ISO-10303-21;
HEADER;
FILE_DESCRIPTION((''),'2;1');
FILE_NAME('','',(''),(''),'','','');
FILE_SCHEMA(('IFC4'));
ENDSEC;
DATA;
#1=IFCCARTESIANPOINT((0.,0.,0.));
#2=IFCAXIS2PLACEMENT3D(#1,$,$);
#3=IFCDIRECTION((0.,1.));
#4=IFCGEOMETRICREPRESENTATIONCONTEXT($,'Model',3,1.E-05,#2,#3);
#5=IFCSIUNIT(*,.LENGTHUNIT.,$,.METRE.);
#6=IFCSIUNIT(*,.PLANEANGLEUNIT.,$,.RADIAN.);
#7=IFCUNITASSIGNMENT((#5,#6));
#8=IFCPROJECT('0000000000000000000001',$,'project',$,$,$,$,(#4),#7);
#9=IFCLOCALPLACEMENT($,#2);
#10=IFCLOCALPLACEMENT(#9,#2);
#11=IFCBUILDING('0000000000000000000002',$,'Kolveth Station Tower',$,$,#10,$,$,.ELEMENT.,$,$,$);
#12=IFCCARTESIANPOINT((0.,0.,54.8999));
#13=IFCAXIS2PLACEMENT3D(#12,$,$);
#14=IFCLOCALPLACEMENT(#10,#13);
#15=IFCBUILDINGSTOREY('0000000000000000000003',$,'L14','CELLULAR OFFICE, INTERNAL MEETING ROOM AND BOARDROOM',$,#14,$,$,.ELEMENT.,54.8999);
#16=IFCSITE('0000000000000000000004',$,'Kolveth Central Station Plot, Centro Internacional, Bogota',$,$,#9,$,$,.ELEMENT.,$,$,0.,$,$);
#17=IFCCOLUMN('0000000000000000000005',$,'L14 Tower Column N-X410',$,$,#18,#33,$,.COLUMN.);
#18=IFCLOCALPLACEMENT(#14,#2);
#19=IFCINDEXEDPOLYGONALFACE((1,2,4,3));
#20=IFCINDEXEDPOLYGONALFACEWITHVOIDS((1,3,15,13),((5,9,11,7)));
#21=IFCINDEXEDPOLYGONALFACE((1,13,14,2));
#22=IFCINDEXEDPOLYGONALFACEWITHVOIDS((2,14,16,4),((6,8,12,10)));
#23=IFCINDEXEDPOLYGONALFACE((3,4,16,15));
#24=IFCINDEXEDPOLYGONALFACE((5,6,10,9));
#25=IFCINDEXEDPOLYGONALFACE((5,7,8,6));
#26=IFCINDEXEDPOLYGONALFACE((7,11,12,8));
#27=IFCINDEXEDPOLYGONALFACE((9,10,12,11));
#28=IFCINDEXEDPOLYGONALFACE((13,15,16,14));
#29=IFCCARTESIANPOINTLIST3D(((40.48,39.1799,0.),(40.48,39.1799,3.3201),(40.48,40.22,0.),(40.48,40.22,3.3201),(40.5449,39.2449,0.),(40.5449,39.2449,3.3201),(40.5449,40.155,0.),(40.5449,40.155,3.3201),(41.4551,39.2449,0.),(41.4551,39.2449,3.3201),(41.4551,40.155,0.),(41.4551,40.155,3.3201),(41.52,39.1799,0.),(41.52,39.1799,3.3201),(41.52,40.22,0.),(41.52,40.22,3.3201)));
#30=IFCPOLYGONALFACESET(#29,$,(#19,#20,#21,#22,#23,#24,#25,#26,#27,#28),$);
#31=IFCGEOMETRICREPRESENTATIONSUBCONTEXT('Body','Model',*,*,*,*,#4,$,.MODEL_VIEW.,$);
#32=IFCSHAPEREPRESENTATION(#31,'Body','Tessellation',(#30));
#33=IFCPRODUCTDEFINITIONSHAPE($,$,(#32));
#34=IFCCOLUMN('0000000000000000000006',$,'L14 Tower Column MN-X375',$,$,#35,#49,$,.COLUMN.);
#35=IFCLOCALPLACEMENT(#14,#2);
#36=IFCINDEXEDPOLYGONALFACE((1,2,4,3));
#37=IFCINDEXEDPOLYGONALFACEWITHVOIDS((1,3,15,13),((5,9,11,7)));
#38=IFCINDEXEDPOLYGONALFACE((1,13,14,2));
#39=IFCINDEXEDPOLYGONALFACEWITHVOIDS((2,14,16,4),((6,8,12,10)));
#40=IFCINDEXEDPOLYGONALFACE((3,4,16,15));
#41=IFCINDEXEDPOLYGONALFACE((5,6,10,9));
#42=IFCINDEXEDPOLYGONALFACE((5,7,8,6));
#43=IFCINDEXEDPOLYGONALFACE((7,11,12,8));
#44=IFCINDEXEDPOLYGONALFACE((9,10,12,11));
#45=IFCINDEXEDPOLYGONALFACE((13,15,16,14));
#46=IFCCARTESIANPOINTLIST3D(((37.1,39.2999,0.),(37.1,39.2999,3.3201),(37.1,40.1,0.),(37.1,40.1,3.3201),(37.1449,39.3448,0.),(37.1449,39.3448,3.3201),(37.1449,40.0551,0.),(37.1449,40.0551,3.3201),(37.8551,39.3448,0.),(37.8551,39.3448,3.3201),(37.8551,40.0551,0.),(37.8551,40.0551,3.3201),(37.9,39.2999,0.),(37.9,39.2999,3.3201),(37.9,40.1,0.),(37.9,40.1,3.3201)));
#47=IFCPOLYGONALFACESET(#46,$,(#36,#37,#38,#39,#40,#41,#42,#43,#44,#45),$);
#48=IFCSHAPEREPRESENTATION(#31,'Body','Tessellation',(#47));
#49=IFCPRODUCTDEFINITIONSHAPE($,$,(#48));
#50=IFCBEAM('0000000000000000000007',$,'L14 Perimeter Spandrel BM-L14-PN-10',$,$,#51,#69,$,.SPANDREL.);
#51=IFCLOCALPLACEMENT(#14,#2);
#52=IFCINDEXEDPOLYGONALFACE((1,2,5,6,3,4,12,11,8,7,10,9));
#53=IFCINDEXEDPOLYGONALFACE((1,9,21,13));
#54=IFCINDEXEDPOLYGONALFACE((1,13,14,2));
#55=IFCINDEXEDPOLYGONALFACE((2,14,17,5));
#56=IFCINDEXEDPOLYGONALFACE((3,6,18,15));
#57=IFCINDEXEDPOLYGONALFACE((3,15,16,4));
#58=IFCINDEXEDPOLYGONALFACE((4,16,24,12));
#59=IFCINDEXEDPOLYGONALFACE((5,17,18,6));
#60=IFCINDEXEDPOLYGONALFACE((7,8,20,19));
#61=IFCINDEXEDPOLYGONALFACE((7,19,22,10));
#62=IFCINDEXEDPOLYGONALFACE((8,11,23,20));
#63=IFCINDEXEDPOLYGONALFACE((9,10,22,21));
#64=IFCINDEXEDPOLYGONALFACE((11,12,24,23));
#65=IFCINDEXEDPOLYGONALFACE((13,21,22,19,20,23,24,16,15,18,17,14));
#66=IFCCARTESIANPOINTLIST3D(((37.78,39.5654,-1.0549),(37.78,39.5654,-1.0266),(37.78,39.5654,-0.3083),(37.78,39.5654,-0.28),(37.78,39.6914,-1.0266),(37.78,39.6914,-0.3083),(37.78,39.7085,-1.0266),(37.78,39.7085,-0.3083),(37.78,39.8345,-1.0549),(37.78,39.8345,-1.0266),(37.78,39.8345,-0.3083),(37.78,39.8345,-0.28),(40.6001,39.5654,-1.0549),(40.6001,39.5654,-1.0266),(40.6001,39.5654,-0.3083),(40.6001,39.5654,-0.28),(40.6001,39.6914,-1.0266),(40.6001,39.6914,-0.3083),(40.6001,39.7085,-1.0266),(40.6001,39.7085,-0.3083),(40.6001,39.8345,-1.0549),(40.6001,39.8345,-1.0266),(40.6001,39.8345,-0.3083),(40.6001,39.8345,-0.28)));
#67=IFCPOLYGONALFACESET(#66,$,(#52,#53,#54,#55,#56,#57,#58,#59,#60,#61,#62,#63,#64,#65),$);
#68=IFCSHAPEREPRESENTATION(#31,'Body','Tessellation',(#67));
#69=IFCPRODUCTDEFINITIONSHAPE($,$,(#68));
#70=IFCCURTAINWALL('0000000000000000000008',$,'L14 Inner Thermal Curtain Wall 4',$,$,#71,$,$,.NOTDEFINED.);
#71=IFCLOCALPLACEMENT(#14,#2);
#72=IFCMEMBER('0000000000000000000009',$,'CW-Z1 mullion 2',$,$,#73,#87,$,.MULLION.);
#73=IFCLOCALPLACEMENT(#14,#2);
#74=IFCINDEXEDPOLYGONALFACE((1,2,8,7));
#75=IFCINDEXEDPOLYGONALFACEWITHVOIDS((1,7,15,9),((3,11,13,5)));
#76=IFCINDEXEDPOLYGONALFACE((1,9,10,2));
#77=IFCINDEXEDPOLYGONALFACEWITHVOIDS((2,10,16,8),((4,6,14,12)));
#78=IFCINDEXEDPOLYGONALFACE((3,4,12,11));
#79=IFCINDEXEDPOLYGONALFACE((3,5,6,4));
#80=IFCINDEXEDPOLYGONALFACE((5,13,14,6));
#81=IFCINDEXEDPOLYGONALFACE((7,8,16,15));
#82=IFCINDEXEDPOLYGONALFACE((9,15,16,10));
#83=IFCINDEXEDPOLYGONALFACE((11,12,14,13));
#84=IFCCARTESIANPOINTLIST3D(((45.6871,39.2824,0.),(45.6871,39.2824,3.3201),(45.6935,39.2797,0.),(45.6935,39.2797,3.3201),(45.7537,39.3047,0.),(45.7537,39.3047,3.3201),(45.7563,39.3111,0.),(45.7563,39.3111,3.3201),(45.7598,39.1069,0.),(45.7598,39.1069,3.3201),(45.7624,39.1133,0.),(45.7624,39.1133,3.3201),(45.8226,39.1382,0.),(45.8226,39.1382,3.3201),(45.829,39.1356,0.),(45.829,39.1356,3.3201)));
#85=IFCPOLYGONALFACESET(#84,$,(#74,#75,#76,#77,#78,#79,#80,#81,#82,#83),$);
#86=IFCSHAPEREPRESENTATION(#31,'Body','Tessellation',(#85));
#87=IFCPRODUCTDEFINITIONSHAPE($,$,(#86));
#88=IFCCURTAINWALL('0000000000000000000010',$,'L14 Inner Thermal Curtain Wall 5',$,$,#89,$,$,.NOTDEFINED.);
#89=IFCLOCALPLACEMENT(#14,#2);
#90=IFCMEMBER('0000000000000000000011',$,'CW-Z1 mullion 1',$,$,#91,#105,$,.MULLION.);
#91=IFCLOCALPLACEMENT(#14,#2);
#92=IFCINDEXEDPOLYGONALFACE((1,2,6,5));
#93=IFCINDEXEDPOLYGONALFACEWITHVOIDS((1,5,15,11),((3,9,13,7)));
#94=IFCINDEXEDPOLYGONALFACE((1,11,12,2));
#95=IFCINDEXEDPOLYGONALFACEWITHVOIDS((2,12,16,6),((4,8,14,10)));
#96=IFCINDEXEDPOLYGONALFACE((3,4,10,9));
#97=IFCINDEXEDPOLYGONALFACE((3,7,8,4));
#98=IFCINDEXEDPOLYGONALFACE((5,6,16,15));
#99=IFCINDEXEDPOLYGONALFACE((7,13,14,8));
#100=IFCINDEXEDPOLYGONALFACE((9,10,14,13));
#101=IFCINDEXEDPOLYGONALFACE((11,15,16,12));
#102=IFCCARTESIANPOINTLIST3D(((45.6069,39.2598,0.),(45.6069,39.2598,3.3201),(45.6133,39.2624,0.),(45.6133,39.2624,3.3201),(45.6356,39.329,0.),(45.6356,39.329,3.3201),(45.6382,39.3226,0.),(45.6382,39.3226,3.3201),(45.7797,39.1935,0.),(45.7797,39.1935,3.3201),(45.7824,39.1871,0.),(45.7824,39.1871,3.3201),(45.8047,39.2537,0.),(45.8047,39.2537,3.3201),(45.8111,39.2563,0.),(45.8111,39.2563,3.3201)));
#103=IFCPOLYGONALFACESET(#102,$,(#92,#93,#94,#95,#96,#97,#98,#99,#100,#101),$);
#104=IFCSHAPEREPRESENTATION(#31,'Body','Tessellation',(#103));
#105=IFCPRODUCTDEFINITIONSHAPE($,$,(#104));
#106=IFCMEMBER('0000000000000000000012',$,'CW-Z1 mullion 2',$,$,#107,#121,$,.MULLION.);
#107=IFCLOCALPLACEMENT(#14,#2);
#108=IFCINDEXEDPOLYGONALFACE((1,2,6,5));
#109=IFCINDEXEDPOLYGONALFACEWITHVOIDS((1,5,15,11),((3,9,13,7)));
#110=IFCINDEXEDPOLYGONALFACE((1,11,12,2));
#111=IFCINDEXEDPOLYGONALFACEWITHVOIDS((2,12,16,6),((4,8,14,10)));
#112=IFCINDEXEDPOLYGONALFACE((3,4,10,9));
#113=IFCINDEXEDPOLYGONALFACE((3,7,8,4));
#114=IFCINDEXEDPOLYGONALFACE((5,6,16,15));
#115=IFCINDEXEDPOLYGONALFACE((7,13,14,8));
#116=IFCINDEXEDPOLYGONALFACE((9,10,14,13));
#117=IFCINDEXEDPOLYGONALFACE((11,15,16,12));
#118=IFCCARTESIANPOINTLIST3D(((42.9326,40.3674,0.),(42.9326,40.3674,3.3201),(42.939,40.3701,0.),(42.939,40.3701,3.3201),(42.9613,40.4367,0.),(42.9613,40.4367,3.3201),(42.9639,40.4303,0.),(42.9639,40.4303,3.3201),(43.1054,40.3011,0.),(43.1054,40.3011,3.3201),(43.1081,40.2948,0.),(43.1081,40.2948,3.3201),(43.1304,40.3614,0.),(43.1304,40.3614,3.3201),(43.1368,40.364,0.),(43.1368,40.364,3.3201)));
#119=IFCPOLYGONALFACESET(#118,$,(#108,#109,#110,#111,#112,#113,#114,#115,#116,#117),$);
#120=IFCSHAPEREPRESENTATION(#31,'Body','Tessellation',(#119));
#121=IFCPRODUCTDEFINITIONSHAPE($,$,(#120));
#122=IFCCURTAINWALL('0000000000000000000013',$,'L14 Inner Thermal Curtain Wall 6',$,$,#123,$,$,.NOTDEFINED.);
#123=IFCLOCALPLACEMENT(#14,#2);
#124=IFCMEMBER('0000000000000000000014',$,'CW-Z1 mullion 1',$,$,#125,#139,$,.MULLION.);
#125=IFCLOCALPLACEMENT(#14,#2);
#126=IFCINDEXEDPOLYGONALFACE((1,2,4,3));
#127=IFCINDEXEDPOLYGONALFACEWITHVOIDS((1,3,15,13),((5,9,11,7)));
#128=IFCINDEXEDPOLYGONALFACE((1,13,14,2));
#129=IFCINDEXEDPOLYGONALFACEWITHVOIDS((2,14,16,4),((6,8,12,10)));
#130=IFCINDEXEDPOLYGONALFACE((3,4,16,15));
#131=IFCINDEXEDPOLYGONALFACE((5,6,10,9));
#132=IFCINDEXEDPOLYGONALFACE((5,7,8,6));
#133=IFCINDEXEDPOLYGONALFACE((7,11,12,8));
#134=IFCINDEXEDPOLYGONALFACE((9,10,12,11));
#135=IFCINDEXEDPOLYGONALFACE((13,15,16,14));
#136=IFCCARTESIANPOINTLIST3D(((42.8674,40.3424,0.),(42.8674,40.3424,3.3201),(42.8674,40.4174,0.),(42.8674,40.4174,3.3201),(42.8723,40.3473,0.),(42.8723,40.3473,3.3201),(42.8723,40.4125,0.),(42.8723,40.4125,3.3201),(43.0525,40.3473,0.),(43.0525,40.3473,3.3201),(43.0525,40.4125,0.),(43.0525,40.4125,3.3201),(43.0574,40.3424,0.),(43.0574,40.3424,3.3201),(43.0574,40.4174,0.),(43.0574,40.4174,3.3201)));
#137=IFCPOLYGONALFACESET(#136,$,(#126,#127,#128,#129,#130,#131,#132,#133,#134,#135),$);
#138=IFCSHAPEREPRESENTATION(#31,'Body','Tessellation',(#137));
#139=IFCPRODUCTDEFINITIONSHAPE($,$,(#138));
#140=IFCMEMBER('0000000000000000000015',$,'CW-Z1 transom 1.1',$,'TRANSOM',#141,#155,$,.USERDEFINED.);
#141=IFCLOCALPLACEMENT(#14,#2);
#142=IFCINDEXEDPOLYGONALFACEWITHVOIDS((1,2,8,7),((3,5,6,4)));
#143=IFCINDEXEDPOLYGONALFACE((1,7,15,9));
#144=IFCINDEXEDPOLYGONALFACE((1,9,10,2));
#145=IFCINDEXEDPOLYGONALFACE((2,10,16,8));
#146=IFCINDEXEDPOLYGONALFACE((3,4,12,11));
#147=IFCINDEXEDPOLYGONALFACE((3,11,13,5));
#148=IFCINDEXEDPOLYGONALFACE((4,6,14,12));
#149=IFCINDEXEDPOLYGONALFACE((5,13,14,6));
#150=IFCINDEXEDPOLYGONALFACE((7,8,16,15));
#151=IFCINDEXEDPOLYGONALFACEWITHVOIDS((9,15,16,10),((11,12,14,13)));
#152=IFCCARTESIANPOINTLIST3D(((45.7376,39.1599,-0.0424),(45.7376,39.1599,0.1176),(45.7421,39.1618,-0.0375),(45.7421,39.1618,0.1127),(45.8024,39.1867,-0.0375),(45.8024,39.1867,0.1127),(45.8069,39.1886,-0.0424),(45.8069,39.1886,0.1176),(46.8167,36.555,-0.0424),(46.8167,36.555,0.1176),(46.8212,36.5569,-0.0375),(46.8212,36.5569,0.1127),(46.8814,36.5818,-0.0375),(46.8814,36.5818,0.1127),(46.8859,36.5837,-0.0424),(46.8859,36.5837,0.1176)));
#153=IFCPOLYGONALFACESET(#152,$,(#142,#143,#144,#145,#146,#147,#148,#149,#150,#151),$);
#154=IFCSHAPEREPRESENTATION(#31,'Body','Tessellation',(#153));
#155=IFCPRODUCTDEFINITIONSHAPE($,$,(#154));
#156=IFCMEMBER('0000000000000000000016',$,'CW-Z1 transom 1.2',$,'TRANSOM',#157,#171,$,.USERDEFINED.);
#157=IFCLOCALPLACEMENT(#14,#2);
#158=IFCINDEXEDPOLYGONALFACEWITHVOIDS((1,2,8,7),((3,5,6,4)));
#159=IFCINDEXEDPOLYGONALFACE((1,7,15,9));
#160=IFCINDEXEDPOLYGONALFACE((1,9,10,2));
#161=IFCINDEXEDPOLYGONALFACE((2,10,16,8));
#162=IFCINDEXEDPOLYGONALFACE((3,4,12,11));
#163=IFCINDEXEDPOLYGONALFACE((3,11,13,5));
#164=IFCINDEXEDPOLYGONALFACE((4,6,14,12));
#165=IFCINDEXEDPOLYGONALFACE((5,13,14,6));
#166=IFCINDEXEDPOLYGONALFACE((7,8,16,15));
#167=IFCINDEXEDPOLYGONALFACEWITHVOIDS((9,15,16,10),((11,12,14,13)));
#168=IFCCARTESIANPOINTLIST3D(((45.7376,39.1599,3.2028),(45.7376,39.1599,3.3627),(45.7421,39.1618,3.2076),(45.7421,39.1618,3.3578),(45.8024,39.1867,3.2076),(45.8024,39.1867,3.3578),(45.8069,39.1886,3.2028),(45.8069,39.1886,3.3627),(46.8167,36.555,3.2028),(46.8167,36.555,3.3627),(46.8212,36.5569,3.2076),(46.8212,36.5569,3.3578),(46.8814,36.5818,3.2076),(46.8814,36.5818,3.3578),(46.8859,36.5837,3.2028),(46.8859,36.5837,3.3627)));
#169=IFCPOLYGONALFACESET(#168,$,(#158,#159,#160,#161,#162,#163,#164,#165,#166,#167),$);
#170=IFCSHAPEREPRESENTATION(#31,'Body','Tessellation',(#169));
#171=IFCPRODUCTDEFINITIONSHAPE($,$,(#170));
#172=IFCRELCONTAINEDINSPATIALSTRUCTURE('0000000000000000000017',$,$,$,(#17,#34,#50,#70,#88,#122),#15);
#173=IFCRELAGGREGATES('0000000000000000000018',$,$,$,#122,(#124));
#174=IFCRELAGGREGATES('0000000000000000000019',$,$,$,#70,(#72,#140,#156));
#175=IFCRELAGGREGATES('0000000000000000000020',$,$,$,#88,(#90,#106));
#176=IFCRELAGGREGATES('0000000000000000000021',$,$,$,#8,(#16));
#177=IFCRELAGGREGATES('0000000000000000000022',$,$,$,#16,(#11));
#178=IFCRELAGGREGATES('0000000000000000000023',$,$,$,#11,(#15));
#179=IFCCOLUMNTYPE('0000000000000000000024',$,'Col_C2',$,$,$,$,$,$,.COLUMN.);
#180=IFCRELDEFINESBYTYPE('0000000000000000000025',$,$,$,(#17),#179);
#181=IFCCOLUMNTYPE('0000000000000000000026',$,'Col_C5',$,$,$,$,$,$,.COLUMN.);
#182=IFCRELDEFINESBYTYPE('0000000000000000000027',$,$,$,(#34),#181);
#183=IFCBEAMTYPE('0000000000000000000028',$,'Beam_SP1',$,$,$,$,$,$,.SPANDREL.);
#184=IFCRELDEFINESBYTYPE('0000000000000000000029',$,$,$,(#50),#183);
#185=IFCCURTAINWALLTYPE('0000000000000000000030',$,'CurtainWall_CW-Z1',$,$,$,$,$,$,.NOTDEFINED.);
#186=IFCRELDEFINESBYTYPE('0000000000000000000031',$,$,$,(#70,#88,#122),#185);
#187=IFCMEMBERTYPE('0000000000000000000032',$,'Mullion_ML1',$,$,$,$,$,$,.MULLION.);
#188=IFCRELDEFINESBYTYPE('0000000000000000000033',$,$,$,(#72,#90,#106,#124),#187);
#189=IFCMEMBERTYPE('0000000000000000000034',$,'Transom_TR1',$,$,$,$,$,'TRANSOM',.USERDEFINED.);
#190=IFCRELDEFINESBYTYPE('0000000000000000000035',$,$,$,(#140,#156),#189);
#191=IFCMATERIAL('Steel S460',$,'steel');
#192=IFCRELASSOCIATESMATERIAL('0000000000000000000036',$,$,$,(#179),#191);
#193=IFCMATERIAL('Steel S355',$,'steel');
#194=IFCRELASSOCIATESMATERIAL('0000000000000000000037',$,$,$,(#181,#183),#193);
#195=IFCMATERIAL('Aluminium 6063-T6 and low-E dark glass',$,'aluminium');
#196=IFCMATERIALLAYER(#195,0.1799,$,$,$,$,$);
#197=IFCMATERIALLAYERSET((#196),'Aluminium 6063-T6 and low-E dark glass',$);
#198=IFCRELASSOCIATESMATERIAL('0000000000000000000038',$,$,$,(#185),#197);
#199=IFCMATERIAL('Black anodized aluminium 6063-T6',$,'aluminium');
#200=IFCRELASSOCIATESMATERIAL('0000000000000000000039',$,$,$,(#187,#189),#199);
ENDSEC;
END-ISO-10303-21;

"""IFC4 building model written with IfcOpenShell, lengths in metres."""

from ifc_helpers import new_model, si_unit, direction, frame, origin, origin_2d, place, context, subcontext, project, spatial, hollow_rectangle, i_section, extrude, source, transform, mapped, material, layer, layer_set, material_profile, profile_set, type_object, element, aggregate, save


model = new_model("IFC4")

# Units and contexts
model_context = context("Model", 3, precision=1e-05, world=origin(), true_north=direction((0.0, 1.0)))
body_context = subcontext(model_context, "Body", "Model", "MODEL_VIEW")
ifc_project = project(units=[si_unit("LENGTHUNIT", "METRE"), si_unit("PLANEANGLEUNIT", "RADIAN")], contexts=[model_context])

# Site, building, storey
site_placement = place(None, origin())
site = spatial("IfcSite", under=ifc_project, at=site_placement, Name="Kolveth Central Station Plot, Centro Internacional, Bogota", CompositionType="ELEMENT", RefElevation=0.0)
building_placement = place(site_placement, origin())
building = spatial("IfcBuilding", under=site, at=building_placement, Name="Kolveth Station Tower", CompositionType="ELEMENT")
storey_placement = place(building_placement, frame((0.0, 0.0, 54.8999)))
storey = spatial("IfcBuildingStorey", under=building, at=storey_placement, Name="L14", Description="CELLULAR OFFICE, INTERNAL MEETING ROOM AND BOARDROOM", CompositionType="ELEMENT", Elevation=54.8999)

# Columns
ifc_material_1 = material(Name="Steel S460", Category="steel")
ifc_material_profile_1 = material_profile(ifc_material_1, hollow_rectangle(XDim=1.04, YDim=1.04, WallThickness=0.0649, at=origin_2d()), Name="BOX1040x1040x65")
ifc_profile_set_1 = profile_set([ifc_material_profile_1], Name="Steel S460")
column_type_1 = type_object("IfcColumnType", Name="Col_C2", PredefinedType="COLUMN", material=ifc_profile_set_1)
shared_shape_1 = source(origin(), body_context, "Body", "SweptSolid", [
    extrude(hollow_rectangle(XDim=1.04, YDim=1.04, WallThickness=0.0649, at=origin_2d()), origin(), (0.0, 0.0, 1.0), 3.3201),
])
column_1_placement = place(storey_placement, frame((41.0, 39.7, 0.0), z_axis=(0.0, 0.0, 1.0), x_axis=(1.0, 0.0, 0.0)))
element("IfcColumn", 1, at=column_1_placement, inside=storey, type_object=column_type_1, Name="L14 Tower Column N-X410", PredefinedType="COLUMN", context=body_context, shape_type="MappedRepresentation", body=[
    mapped(shared_shape_1, transform((0.0, 0.0, 0.0), x_axis=(1.0, 0.0, 0.0), y_axis=(0.0, 1.0, 0.0), z_axis=(0.0, 0.0, 1.0), scale=1.0)),
])
ifc_material_2 = material(Name="Steel S355", Category="steel")
ifc_material_profile_2 = material_profile(ifc_material_2, hollow_rectangle(XDim=0.8, YDim=0.8, WallThickness=0.0449, at=origin_2d()), Name="BOX800x800x45")
ifc_profile_set_2 = profile_set([ifc_material_profile_2], Name="Steel S355")
column_type_2 = type_object("IfcColumnType", Name="Col_C5", PredefinedType="COLUMN", material=ifc_profile_set_2)
shared_shape_2 = source(origin(), body_context, "Body", "SweptSolid", [
    extrude(hollow_rectangle(XDim=0.8, YDim=0.8, WallThickness=0.0449, at=origin_2d()), origin(), (0.0, 0.0, 1.0), 3.3201),
])
column_2_placement = place(storey_placement, frame((37.5, 39.7, 0.0), z_axis=(0.0, 0.0, 1.0), x_axis=(1.0, 0.0, 0.0)))
element("IfcColumn", 2, at=column_2_placement, inside=storey, type_object=column_type_2, Name="L14 Tower Column MN-X375", PredefinedType="COLUMN", context=body_context, shape_type="MappedRepresentation", body=[
    mapped(shared_shape_2, transform((0.0, 0.0, 0.0), x_axis=(1.0, 0.0, 0.0), y_axis=(0.0, 1.0, 0.0), z_axis=(0.0, 0.0, 1.0), scale=1.0)),
])

# Beam
ifc_material_profile_3 = material_profile(ifc_material_2, i_section(OverallWidth=0.269, OverallDepth=0.7749, WebThickness=0.0171, FlangeThickness=0.0283, at=origin_2d()), Name="W760x220")
ifc_profile_set_3 = profile_set([ifc_material_profile_3], Name="Steel S355")
beam_type = type_object("IfcBeamType", Name="Beam_SP1", PredefinedType="SPANDREL", material=ifc_profile_set_3)
shared_shape_3 = source(origin(), body_context, "Body", "SweptSolid", [
    extrude(i_section(OverallWidth=0.269, OverallDepth=0.7749, WebThickness=0.0171, FlangeThickness=0.0283, at=origin_2d()), origin(), (0.0, 0.0, 1.0), 2.8201),
])
beam_placement = place(storey_placement, frame((37.78, 39.7, -0.6675), z_axis=(1.0, 0.0, 0.0), x_axis=(0.0, 1.0, 0.0)))
element("IfcBeam", 3, at=beam_placement, inside=storey, type_object=beam_type, Name="L14 Perimeter Spandrel BM-L14-PN-10", PredefinedType="SPANDREL", context=body_context, shape_type="MappedRepresentation", body=[
    mapped(shared_shape_3, transform((0.0, 0.0, 0.0), x_axis=(1.0, 0.0, 0.0), y_axis=(0.0, 1.0, 0.0), z_axis=(0.0, 0.0, 1.0), scale=1.0)),
])

# Curtain wall, member
ifc_material_3 = material(Name="Aluminium 6063-T6 and low-E dark glass", Category="aluminium")
ifc_layer_1 = layer(ifc_material_3, 0.1799)
ifc_layer_set_1 = layer_set([ifc_layer_1], Name="Aluminium 6063-T6 and low-E dark glass")
curtain_wall_type_1 = type_object("IfcCurtainWallType", Name="CurtainWall_CW-Z1", PredefinedType="NOTDEFINED", material=ifc_layer_set_1)
curtain_wall_1_placement = place(storey_placement, origin())
curtain_wall_1 = element("IfcCurtainWall", 4, at=curtain_wall_1_placement, inside=storey, type_object=curtain_wall_type_1, Name="L14 Inner Thermal Curtain Wall 4", PredefinedType="NOTDEFINED")
ifc_material_4 = material(Name="Black anodized aluminium 6063-T6", Category="aluminium")
ifc_material_profile_4 = material_profile(ifc_material_4, hollow_rectangle(XDim=0.075, YDim=0.1899, WallThickness=0.0049, at=origin_2d()), Name="ALU-75x190x5")
ifc_profile_set_4 = profile_set([ifc_material_profile_4], Name="Black anodized aluminium 6063-T6")
member_type_1 = type_object("IfcMemberType", Name="Mullion_ML1", PredefinedType="MULLION", material=ifc_profile_set_4)
shared_shape_4 = source(origin(), body_context, "Body", "SweptSolid", [
    extrude(hollow_rectangle(XDim=0.075, YDim=0.1899, WallThickness=0.0049, at=origin_2d()), origin(), (0.0, 0.0, 1.0), 3.3201),
])
member_1_placement = place(storey_placement, frame((45.7581, 39.209, 0.0), z_axis=(0.0, 0.0, 1.0), x_axis=(-0.923884, -0.382673, 0.0)))
member_1 = element("IfcMember", 5, at=member_1_placement, type_object=member_type_1, Name="CW-Z1 mullion 2", PredefinedType="MULLION", context=body_context, shape_type="MappedRepresentation", body=[
    mapped(shared_shape_4, transform((0.0, 0.0, 0.0), x_axis=(1.0, 0.0, 0.0), y_axis=(0.0, 1.0, 0.0), z_axis=(0.0, 0.0, 1.0), scale=1.0)),
])

# Curtain wall, members
curtain_wall_2_placement = place(storey_placement, origin())
curtain_wall_2 = element("IfcCurtainWall", 6, at=curtain_wall_2_placement, inside=storey, type_object=curtain_wall_type_1, Name="L14 Inner Thermal Curtain Wall 5", PredefinedType="NOTDEFINED")
member_2_placement = place(storey_placement, frame((45.709, 39.2581, 0.0), z_axis=(0.0, 0.0, 1.0), x_axis=(-0.382673, -0.923884, 0.0)))
member_2 = element("IfcMember", 7, at=member_2_placement, type_object=member_type_1, Name="CW-Z1 mullion 1", PredefinedType="MULLION", context=body_context, shape_type="MappedRepresentation", body=[
    mapped(shared_shape_4, transform((0.0, 0.0, 0.0), x_axis=(1.0, 0.0, 0.0), y_axis=(0.0, 1.0, 0.0), z_axis=(0.0, 0.0, 1.0), scale=1.0)),
])
member_3_placement = place(storey_placement, frame((43.0347, 40.3657, 0.0), z_axis=(0.0, 0.0, 1.0), x_axis=(-0.382673, -0.923884, 0.0)))
member_3 = element("IfcMember", 8, at=member_3_placement, type_object=member_type_1, Name="CW-Z1 mullion 2", PredefinedType="MULLION", context=body_context, shape_type="MappedRepresentation", body=[
    mapped(shared_shape_4, transform((0.0, 0.0, 0.0), x_axis=(1.0, 0.0, 0.0), y_axis=(0.0, 1.0, 0.0), z_axis=(0.0, 0.0, 1.0), scale=1.0)),
])

# Curtain wall, member
curtain_wall_3_placement = place(storey_placement, origin())
curtain_wall_3 = element("IfcCurtainWall", 9, at=curtain_wall_3_placement, inside=storey, type_object=curtain_wall_type_1, Name="L14 Inner Thermal Curtain Wall 6", PredefinedType="NOTDEFINED")
member_4_placement = place(storey_placement, frame((42.9624, 40.3799, 0.0), z_axis=(0.0, 0.0, 1.0), x_axis=(0.0, -1.0, 0.0)))
member_4 = element("IfcMember", 10, at=member_4_placement, type_object=member_type_1, Name="CW-Z1 mullion 1", PredefinedType="MULLION", context=body_context, shape_type="MappedRepresentation", body=[
    mapped(shared_shape_4, transform((0.0, 0.0, 0.0), x_axis=(1.0, 0.0, 0.0), y_axis=(0.0, 1.0, 0.0), z_axis=(0.0, 0.0, 1.0), scale=1.0)),
])

# Members
ifc_material_profile_5 = material_profile(ifc_material_4, hollow_rectangle(XDim=0.075, YDim=0.1599, WallThickness=0.0049, at=origin_2d()), Name="ALU-75x160x5")
ifc_profile_set_5 = profile_set([ifc_material_profile_5], Name="Black anodized aluminium 6063-T6")
member_type_2 = type_object("IfcMemberType", Name="Transom_TR1", ElementType="TRANSOM", PredefinedType="USERDEFINED", material=ifc_profile_set_5)
shared_shape_5 = source(origin(), body_context, "Body", "SweptSolid", [
    extrude(hollow_rectangle(XDim=0.075, YDim=0.1599, WallThickness=0.0049, at=origin_2d()), origin(), (0.0, 0.0, 1.0), 2.8196),
])
member_5_placement = place(storey_placement, frame((46.8513, 36.5693, 0.0376), z_axis=(-0.382709, 0.923869, 0.0), x_axis=(-0.923869, -0.382709, 0.0)))
member_5 = element("IfcMember", 11, at=member_5_placement, type_object=member_type_2, Name="CW-Z1 transom 1.1", ObjectType="TRANSOM", PredefinedType="USERDEFINED", context=body_context, shape_type="MappedRepresentation", body=[
    mapped(shared_shape_5, transform((0.0, 0.0, 0.0), x_axis=(1.0, 0.0, 0.0), y_axis=(0.0, 1.0, 0.0), z_axis=(0.0, 0.0, 1.0), scale=1.0)),
])
member_6_placement = place(storey_placement, frame((46.8513, 36.5693, 3.2827), z_axis=(-0.382709, 0.923869, 0.0), x_axis=(-0.923869, -0.382709, 0.0)))
member_6 = element("IfcMember", 12, at=member_6_placement, type_object=member_type_2, Name="CW-Z1 transom 1.2", ObjectType="TRANSOM", PredefinedType="USERDEFINED", context=body_context, shape_type="MappedRepresentation", body=[
    mapped(shared_shape_5, transform((0.0, 0.0, 0.0), x_axis=(1.0, 0.0, 0.0), y_axis=(0.0, 1.0, 0.0), z_axis=(0.0, 0.0, 1.0), scale=1.0)),
])
aggregate(curtain_wall_3, [member_4])

aggregate(curtain_wall_1, [member_1, member_5, member_6])
aggregate(curtain_wall_2, [member_2, member_3])

save(model, "model.ifc")
